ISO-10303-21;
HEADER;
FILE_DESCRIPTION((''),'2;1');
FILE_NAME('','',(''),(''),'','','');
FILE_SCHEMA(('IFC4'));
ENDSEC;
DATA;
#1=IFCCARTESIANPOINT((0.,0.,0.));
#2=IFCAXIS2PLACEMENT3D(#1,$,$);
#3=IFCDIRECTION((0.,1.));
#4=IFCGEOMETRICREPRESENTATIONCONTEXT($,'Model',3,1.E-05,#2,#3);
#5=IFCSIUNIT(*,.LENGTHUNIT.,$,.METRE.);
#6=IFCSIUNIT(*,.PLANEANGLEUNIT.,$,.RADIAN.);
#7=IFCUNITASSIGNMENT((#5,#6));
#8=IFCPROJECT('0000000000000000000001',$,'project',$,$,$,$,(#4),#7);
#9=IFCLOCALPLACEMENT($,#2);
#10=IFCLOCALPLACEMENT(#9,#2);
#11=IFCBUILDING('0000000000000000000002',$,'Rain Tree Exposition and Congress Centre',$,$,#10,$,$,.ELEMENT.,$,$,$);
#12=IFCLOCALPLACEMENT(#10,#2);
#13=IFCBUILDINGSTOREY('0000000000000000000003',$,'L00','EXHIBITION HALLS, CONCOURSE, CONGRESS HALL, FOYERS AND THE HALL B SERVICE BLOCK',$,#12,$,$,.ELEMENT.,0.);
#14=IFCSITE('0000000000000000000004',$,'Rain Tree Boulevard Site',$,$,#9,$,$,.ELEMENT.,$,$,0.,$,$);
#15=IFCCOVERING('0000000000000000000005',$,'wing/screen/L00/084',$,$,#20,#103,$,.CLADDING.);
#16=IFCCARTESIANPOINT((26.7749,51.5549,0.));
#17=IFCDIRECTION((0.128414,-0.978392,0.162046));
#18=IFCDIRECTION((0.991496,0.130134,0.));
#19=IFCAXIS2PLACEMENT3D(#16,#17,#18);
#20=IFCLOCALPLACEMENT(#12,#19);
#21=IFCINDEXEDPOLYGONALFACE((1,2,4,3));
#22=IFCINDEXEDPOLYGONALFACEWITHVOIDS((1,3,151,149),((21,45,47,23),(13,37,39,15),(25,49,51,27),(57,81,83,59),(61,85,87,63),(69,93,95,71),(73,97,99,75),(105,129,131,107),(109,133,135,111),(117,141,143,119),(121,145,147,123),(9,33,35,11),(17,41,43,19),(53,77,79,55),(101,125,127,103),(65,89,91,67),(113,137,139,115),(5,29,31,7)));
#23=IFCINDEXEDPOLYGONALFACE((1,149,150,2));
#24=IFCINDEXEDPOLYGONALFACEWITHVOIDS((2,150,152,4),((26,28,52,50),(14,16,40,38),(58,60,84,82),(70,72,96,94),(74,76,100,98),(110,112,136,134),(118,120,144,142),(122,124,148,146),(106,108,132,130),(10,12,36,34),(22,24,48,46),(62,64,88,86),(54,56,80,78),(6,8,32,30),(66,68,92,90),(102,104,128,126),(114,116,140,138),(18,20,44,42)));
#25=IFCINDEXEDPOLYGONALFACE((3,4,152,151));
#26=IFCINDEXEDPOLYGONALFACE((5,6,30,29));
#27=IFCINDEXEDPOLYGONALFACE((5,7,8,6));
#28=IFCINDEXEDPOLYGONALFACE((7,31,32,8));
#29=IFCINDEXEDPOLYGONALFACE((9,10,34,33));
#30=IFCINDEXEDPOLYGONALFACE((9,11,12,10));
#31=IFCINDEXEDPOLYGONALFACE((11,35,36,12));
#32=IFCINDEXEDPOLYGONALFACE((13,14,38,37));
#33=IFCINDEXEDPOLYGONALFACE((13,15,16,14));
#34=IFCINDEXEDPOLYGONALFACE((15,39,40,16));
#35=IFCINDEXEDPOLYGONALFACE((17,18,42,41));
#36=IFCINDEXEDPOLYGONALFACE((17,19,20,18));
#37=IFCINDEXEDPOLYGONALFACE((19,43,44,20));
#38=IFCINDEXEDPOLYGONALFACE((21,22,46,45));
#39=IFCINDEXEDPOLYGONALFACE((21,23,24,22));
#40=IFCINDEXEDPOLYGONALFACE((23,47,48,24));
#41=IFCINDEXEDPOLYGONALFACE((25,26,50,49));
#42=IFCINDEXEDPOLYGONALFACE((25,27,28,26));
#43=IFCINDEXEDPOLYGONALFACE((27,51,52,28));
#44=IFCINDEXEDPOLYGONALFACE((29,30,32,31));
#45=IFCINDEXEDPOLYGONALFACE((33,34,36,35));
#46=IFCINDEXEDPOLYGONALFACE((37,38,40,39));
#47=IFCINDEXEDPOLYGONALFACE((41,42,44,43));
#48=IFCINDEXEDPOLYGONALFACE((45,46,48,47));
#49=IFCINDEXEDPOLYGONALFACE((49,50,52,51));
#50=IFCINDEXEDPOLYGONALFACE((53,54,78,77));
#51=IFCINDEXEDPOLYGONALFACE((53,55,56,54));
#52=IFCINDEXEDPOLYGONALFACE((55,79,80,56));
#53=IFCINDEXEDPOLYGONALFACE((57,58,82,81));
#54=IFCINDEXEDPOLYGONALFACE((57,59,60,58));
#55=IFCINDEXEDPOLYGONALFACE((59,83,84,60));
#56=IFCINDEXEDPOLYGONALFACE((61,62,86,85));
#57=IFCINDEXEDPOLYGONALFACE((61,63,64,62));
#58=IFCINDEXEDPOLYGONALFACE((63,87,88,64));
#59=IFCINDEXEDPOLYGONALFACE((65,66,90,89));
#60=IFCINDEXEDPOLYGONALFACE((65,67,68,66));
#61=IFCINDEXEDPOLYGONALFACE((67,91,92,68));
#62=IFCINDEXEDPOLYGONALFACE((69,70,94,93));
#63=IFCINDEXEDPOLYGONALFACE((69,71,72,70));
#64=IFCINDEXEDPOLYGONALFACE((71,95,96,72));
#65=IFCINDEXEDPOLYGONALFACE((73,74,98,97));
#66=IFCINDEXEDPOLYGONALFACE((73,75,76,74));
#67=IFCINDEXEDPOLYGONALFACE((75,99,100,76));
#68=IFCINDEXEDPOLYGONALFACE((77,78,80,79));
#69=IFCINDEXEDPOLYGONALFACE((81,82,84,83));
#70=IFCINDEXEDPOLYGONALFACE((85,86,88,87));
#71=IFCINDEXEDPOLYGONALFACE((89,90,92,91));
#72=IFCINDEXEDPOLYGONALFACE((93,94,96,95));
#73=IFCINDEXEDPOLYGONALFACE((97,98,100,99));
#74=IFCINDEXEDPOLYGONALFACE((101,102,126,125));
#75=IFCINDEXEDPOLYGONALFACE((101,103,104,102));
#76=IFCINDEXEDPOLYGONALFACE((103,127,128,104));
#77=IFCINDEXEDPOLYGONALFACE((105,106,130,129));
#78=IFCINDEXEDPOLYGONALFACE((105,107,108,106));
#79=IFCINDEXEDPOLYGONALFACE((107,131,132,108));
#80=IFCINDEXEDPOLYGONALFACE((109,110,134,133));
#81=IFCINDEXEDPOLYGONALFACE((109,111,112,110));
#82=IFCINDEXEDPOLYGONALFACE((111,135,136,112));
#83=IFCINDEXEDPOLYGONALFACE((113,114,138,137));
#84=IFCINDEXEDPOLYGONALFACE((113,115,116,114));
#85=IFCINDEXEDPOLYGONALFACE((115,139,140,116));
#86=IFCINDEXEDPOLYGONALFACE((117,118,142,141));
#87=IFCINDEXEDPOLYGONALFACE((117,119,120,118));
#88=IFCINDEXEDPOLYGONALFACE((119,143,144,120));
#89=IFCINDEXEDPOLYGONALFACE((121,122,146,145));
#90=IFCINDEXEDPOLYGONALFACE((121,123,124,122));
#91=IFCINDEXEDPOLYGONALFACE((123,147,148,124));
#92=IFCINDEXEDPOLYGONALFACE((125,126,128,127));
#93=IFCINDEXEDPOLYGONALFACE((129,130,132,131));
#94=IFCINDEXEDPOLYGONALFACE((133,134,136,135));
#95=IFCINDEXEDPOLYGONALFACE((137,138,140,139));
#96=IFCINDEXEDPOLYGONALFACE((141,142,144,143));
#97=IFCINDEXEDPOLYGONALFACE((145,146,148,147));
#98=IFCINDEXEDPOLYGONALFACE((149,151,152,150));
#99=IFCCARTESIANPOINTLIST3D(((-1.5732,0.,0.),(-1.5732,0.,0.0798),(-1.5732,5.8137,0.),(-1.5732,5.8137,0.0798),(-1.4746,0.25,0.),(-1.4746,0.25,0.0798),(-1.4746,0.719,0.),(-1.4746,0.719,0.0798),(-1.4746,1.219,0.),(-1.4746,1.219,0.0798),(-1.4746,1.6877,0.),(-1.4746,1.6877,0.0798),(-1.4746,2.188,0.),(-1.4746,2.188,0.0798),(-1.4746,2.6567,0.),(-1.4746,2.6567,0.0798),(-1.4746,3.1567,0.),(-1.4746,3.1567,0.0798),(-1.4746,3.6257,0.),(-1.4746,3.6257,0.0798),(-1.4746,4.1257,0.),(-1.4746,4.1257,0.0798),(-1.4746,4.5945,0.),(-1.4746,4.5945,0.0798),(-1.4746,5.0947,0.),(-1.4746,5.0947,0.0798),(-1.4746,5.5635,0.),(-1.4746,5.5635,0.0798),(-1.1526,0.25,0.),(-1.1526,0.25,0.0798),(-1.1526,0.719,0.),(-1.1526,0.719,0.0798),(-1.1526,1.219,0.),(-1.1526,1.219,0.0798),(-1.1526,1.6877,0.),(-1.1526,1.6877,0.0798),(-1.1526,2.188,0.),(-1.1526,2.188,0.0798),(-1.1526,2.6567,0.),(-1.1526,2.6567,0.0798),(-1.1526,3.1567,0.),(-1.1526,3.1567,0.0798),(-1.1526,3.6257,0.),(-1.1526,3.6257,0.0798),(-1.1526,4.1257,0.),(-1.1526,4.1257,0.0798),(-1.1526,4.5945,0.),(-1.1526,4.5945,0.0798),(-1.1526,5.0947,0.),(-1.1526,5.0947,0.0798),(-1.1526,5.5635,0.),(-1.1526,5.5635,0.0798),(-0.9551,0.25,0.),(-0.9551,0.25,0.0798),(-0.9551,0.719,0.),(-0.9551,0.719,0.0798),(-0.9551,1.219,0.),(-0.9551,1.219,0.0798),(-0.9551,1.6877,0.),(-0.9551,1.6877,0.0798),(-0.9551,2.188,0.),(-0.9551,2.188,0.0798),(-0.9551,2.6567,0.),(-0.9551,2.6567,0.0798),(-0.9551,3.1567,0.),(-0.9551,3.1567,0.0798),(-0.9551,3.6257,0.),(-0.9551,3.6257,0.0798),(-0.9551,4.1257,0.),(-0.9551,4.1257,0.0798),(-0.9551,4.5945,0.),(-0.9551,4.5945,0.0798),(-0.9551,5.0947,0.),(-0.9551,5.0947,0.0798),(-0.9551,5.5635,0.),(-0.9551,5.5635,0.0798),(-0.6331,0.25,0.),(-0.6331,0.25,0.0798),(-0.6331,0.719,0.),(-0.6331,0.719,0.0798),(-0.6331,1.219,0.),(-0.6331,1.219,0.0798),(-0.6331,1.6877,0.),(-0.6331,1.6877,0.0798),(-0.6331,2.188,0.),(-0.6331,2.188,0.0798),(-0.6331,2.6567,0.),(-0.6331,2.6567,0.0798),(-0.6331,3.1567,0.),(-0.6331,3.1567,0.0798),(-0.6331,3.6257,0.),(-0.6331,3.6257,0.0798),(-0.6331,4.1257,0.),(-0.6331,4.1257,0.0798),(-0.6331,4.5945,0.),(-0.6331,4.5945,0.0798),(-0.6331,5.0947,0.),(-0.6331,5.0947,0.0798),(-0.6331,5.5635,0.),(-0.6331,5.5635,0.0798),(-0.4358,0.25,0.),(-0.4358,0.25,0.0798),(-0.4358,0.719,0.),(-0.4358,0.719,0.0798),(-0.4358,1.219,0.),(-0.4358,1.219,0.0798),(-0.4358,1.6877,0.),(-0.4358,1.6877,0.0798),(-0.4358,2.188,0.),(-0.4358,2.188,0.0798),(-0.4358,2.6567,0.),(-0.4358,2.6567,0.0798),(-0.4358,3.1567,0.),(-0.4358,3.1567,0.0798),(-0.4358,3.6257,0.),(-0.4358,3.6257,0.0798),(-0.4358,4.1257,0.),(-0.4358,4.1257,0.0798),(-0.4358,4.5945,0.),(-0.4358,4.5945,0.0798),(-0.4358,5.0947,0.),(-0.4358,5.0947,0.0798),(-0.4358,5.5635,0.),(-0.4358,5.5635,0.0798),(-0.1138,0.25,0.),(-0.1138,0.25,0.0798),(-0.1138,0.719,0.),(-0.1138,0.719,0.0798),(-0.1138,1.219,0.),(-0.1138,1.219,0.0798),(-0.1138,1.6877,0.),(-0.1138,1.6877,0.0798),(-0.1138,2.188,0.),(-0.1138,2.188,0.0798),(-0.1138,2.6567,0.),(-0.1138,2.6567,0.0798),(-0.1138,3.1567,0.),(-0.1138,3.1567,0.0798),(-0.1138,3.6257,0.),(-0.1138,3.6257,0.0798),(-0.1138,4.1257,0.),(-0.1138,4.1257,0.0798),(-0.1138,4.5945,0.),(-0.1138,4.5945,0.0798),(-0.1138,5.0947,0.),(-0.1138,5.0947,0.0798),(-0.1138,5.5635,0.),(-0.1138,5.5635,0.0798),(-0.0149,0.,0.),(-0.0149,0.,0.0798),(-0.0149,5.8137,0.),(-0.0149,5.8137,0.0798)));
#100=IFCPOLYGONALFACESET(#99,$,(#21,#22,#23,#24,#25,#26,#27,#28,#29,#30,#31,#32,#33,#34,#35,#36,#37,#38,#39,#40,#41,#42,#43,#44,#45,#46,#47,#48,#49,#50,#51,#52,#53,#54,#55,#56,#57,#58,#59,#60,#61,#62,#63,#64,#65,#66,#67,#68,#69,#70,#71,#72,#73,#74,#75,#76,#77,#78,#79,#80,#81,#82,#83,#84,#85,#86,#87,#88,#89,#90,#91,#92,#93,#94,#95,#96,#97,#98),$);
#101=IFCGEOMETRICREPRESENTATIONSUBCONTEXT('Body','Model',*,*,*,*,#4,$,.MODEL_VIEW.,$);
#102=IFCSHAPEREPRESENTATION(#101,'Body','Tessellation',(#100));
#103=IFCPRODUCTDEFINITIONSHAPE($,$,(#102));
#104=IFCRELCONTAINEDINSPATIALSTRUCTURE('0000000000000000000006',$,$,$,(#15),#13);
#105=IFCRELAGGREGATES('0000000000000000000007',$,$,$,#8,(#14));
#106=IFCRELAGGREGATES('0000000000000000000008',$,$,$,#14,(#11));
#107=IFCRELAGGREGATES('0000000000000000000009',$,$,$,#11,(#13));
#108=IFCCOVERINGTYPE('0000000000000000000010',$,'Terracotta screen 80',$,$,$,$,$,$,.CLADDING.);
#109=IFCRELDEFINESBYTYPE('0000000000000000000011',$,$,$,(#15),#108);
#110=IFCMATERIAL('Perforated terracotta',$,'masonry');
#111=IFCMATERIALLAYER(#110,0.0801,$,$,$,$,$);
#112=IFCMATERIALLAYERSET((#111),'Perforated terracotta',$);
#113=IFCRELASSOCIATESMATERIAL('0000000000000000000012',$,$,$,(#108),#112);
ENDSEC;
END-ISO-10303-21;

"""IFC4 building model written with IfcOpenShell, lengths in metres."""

from ifc_helpers import new_model, si_unit, direction, frame, origin, place, context, subcontext, project, spatial, polyline, outline, extrude, material, layer, layer_set, type_object, element, save


model = new_model("IFC4")

# Units and contexts
model_context = context("Model", 3, precision=1e-05, world=origin(), true_north=direction((0.0, 1.0)))
body_context = subcontext(model_context, "Body", "Model", "MODEL_VIEW")
ifc_project = project(units=[si_unit("LENGTHUNIT", "METRE"), si_unit("PLANEANGLEUNIT", "RADIAN")], contexts=[model_context])

# Site, building, storey
site_placement = place(None, origin())
site = spatial("IfcSite", under=ifc_project, at=site_placement, Name="Rain Tree Boulevard Site", CompositionType="ELEMENT", RefElevation=0.0)
building_placement = place(site_placement, origin())
building = spatial("IfcBuilding", under=site, at=building_placement, Name="Rain Tree Exposition and Congress Centre", CompositionType="ELEMENT")
storey_placement = place(building_placement, origin())
storey = spatial("IfcBuildingStorey", under=building, at=storey_placement, Name="L00", Description="EXHIBITION HALLS, CONCOURSE, CONGRESS HALL, FOYERS AND THE HALL B SERVICE BLOCK", CompositionType="ELEMENT", Elevation=0.0)

# Covering
ifc_material_1 = material(Name="Perforated terracotta", Category="masonry")
ifc_layer_1 = layer(ifc_material_1, 0.0801)
ifc_layer_set_1 = layer_set([ifc_layer_1], Name="Perforated terracotta")
covering_type = type_object("IfcCoveringType", Name="Terracotta screen 80", PredefinedType="CLADDING", material=ifc_layer_set_1)
covering_1_placement = place(storey_placement, frame((26.7749, 51.5549, 0.0), z_axis=(0.128414, -0.978392, 0.162046), x_axis=(0.991496, 0.130134, 0.0)))
element("IfcCovering", 1, at=covering_1_placement, inside=storey, type_object=covering_type, Name="wing/screen/L00/084", PredefinedType="CLADDING", context=body_context, shape_type="SweptSolid", body=[
    extrude(outline(polyline([(-0.0149, 5.8137), (-0.0149, 0.0), (-1.5732, 0.0), (-1.5732, 5.8137), (-0.0149, 5.8137)]), holes=[polyline([(-0.1138, 0.25), (-0.1138, 0.719), (-0.4358, 0.719), (-0.4358, 0.25), (-0.1138, 0.25)]), polyline([(-0.1138, 1.219), (-0.1138, 1.6877), (-0.4358, 1.6877), (-0.4358, 1.219), (-0.1138, 1.219)]), polyline([(-0.1138, 2.188), (-0.1138, 2.6567), (-0.4358, 2.6567), (-0.4358, 2.188), (-0.1138, 2.188)]), polyline([(-0.1138, 3.1567), (-0.1138, 3.6257), (-0.4358, 3.6257), (-0.4358, 3.1567), (-0.1138, 3.1567)]), polyline([(-0.1138, 4.1257), (-0.1138, 4.5945), (-0.4358, 4.5945), (-0.4358, 4.1257), (-0.1138, 4.1257)]), polyline([(-0.1138, 5.0947), (-0.1138, 5.5635), (-0.4358, 5.5635), (-0.4358, 5.0947), (-0.1138, 5.0947)]), polyline([(-0.6331, 0.25), (-0.6331, 0.719), (-0.9551, 0.719), (-0.9551, 0.25), (-0.6331, 0.25)]), polyline([(-0.6331, 1.219), (-0.6331, 1.6877), (-0.9551, 1.6877), (-0.9551, 1.219), (-0.6331, 1.219)]), polyline([(-0.6331, 2.188), (-0.6331, 2.6567), (-0.9551, 2.6567), (-0.9551, 2.188), (-0.6331, 2.188)]), polyline([(-0.6331, 3.1567), (-0.6331, 3.6257), (-0.9551, 3.6257), (-0.9551, 3.1567), (-0.6331, 3.1567)]), polyline([(-0.6331, 4.1257), (-0.6331, 4.5945), (-0.9551, 4.5945), (-0.9551, 4.1257), (-0.6331, 4.1257)]), polyline([(-0.6331, 5.0947), (-0.6331, 5.5635), (-0.9551, 5.5635), (-0.9551, 5.0947), (-0.6331, 5.0947)]), polyline([(-1.1526, 0.25), (-1.1526, 0.719), (-1.4746, 0.719), (-1.4746, 0.25), (-1.1526, 0.25)]), polyline([(-1.1526, 1.219), (-1.1526, 1.6877), (-1.4746, 1.6877), (-1.4746, 1.219), (-1.1526, 1.219)]), polyline([(-1.1526, 2.188), (-1.1526, 2.6567), (-1.4746, 2.6567), (-1.4746, 2.188), (-1.1526, 2.188)]), polyline([(-1.1526, 3.1567), (-1.1526, 3.6257), (-1.4746, 3.6257), (-1.4746, 3.1567), (-1.1526, 3.1567)]), polyline([(-1.1526, 4.1257), (-1.1526, 4.5945), (-1.4746, 4.5945), (-1.4746, 4.1257), (-1.1526, 4.1257)]), polyline([(-1.1526, 5.0947), (-1.1526, 5.5635), (-1.4746, 5.5635), (-1.4746, 5.0947), (-1.1526, 5.0947)])]), origin(), (0.0, 0.0, 1.0), 0.0798),
])

save(model, "model.ifc")
